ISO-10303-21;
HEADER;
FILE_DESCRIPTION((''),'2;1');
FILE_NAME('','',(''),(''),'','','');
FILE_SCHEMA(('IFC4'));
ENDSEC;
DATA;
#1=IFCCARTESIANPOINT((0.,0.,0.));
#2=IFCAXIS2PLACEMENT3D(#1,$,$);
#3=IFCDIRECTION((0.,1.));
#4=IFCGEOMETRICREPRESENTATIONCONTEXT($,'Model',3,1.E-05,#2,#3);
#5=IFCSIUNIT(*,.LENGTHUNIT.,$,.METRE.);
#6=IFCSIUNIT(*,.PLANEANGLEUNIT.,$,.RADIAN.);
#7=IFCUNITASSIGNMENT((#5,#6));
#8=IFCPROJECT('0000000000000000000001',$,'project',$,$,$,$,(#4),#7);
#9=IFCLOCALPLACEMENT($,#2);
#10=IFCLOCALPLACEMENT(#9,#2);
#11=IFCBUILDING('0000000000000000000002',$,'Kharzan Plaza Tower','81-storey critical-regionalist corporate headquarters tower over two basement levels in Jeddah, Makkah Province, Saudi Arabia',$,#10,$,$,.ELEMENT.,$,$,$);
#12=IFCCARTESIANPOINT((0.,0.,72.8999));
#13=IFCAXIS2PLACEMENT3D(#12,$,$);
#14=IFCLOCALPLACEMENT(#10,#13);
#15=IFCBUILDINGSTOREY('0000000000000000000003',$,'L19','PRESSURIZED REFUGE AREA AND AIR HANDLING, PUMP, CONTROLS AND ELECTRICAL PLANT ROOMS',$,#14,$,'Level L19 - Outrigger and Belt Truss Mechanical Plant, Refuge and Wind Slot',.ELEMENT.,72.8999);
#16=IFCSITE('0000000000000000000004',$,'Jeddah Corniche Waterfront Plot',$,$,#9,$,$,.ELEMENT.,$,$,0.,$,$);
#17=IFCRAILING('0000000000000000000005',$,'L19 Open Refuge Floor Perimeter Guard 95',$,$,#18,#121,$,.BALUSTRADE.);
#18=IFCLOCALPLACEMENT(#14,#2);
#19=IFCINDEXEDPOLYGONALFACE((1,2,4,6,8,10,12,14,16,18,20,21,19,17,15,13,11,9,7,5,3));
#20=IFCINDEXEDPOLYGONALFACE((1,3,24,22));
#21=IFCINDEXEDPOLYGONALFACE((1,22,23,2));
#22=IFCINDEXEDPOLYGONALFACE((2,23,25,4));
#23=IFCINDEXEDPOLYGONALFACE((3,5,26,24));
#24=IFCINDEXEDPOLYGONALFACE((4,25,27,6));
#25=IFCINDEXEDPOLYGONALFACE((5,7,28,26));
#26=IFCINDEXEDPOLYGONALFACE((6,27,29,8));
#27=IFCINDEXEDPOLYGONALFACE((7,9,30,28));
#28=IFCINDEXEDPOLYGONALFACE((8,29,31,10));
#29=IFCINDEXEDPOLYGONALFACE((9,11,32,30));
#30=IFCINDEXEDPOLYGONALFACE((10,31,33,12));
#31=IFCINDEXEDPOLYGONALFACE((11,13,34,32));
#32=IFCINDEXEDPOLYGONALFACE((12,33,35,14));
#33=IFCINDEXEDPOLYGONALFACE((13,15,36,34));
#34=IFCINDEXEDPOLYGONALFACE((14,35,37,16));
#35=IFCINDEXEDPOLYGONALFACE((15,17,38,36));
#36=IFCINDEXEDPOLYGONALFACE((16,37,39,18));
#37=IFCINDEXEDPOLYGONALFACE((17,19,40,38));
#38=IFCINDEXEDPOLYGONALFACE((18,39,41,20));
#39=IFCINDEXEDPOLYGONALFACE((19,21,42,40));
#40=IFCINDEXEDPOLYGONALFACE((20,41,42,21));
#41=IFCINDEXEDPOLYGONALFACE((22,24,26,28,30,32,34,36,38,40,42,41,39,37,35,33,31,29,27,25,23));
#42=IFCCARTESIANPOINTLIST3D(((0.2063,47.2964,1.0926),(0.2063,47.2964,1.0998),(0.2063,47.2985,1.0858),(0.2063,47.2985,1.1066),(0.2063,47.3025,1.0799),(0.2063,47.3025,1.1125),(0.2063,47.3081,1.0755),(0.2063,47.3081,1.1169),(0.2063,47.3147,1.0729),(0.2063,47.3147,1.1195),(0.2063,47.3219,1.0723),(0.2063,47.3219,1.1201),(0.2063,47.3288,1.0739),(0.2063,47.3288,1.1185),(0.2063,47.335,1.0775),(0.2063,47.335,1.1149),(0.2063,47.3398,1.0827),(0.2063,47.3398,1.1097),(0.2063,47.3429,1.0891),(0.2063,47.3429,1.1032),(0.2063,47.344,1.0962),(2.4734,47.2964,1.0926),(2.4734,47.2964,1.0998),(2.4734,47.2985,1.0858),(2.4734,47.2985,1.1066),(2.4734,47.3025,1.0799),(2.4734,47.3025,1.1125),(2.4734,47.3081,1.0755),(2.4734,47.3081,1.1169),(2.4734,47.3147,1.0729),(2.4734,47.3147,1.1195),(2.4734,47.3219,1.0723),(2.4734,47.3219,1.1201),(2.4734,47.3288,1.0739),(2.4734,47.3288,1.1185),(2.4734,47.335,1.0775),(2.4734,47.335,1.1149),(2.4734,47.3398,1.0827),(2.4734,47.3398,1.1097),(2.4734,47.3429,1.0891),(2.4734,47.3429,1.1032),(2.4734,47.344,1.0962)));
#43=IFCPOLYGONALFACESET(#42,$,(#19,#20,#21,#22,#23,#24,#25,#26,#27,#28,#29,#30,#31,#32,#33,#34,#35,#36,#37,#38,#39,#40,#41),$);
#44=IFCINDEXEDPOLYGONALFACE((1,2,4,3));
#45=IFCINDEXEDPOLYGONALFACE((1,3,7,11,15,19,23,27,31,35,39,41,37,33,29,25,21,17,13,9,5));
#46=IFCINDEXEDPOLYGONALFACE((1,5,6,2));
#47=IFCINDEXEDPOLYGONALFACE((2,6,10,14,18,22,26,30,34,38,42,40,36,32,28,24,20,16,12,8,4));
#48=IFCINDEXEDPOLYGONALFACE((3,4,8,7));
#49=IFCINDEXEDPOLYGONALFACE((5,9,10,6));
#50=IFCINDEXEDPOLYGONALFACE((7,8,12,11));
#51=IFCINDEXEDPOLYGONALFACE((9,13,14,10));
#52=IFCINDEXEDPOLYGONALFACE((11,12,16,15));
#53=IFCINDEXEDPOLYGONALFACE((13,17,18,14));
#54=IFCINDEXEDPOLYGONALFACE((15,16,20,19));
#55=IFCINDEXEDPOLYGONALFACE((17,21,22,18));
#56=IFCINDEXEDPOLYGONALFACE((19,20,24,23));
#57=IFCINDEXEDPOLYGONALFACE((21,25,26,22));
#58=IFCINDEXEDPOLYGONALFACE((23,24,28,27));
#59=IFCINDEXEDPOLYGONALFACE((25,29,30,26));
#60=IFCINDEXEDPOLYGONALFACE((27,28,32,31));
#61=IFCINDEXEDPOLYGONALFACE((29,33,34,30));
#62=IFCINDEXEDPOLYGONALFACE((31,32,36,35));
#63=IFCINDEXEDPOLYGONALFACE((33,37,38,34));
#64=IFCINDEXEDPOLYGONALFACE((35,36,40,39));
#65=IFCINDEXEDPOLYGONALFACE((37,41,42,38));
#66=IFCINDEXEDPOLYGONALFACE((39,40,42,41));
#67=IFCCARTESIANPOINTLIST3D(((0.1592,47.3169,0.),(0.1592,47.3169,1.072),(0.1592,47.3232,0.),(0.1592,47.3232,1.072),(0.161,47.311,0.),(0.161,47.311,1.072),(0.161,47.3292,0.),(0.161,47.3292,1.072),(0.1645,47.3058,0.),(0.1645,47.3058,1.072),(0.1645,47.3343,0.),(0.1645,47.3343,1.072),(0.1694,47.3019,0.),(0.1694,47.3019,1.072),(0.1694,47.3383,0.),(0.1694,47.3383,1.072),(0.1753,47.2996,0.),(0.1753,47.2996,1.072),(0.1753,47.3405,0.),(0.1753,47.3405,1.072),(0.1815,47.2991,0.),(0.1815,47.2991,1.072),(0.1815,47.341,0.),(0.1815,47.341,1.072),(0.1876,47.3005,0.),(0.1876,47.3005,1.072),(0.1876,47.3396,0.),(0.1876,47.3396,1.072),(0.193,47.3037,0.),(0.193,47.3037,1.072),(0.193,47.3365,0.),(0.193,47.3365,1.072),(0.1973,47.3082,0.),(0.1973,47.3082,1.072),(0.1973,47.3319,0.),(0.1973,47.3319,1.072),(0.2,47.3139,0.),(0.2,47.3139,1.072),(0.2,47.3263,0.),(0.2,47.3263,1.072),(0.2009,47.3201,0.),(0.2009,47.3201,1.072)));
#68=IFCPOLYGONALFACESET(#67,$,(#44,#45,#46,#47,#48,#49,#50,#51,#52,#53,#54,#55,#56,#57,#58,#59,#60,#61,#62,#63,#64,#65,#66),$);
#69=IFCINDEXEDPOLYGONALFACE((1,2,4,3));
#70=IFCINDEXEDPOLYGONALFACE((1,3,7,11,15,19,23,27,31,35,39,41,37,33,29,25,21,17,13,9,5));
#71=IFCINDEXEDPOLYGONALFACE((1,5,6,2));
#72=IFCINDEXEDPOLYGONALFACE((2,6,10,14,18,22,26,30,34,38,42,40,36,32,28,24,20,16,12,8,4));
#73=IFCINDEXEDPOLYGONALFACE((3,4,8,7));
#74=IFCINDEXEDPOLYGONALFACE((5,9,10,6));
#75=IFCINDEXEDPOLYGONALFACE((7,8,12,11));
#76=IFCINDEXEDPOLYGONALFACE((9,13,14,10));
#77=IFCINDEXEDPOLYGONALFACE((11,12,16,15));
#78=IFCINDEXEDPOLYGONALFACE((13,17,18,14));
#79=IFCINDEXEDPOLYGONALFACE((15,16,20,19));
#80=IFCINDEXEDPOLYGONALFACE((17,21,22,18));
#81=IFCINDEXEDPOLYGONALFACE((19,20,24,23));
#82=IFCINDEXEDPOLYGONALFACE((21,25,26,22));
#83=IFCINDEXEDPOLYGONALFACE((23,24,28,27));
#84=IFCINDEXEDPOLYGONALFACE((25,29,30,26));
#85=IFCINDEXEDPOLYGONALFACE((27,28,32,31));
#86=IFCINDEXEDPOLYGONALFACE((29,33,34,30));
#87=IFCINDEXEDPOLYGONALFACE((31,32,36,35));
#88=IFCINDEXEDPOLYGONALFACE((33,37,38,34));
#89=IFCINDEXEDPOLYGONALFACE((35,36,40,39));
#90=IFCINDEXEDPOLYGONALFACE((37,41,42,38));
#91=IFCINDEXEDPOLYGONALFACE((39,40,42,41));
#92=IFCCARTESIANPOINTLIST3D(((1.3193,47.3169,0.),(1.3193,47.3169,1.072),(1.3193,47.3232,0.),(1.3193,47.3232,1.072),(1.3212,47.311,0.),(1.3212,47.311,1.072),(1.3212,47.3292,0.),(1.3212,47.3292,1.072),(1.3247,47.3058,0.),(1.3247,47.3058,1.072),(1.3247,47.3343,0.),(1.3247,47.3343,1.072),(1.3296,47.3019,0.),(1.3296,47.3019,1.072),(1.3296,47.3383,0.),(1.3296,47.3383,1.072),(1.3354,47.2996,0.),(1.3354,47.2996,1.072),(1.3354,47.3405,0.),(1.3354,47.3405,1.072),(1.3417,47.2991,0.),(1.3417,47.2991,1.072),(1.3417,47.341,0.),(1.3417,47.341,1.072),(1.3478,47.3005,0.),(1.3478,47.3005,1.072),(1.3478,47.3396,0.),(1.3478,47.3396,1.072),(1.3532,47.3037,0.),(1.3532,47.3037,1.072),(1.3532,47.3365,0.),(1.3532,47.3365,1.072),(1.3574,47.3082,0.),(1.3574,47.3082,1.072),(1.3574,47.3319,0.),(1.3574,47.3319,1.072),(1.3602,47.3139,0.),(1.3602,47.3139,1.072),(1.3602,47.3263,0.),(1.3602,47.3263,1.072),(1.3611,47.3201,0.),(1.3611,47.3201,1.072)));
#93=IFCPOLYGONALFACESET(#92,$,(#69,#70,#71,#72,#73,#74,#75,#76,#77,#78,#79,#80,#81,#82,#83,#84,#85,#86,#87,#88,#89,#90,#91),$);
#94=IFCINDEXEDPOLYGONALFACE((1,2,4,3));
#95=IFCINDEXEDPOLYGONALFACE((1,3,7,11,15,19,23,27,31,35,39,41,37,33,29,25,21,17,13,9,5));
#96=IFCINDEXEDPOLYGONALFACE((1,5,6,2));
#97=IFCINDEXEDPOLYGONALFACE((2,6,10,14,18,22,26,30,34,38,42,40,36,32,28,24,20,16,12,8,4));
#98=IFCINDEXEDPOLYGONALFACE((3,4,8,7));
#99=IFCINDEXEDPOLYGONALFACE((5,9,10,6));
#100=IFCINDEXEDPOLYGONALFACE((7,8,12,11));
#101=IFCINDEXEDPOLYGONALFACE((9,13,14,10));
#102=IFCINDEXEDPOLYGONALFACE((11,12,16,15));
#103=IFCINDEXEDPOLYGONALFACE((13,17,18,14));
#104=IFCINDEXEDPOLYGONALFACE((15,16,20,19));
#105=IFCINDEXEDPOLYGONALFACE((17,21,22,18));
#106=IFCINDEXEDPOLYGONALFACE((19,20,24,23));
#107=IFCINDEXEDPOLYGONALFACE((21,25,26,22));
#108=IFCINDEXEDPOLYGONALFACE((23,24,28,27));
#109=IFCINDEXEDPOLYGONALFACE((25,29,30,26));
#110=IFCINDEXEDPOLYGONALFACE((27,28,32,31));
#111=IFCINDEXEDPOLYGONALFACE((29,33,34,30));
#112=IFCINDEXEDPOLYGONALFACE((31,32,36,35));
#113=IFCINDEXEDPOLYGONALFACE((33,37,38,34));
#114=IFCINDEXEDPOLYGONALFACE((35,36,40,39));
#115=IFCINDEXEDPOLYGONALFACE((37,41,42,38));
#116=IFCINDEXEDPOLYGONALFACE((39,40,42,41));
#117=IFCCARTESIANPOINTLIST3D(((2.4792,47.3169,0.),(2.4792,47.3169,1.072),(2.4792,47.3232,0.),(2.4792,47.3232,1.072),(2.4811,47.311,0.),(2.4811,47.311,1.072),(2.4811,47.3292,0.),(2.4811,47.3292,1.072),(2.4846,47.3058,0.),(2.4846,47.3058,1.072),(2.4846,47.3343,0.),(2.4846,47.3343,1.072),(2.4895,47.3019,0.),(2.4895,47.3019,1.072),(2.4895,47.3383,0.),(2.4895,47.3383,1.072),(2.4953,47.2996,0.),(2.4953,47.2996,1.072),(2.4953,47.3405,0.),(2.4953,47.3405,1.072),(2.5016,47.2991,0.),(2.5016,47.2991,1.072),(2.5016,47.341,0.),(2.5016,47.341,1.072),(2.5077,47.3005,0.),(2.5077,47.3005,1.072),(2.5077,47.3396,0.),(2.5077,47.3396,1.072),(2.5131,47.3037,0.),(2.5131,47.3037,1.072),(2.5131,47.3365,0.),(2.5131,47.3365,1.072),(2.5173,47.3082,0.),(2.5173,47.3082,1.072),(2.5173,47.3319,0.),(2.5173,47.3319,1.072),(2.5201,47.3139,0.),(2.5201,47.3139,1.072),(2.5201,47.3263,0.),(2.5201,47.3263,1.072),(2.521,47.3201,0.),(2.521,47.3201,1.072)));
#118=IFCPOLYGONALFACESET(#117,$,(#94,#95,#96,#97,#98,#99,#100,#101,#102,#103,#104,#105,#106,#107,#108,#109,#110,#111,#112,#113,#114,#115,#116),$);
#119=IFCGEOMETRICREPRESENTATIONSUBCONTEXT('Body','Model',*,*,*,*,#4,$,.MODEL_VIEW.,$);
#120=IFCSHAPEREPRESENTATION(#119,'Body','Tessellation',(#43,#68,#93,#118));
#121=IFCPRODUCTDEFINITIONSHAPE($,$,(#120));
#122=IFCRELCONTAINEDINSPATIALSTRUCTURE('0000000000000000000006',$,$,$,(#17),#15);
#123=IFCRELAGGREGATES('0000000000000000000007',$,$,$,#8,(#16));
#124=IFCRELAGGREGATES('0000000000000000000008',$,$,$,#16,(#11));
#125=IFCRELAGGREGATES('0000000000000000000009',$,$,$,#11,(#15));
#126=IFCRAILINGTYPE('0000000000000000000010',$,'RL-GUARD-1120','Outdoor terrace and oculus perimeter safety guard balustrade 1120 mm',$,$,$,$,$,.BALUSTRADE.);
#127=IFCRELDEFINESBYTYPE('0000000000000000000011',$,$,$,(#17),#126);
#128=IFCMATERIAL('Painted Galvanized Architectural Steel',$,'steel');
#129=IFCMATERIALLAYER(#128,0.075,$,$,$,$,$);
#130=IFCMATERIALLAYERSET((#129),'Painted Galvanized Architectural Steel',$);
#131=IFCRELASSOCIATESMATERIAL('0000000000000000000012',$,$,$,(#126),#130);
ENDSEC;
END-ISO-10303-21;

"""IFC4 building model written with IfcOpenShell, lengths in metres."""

from ifc_helpers import new_model, si_unit, direction, frame, origin, origin_2d, place, context, subcontext, project, spatial, circle, extrude, source, transform, mapped, material, layer, layer_set, type_object, element, save


model = new_model("IFC4")

# Units and contexts
model_context = context("Model", 3, precision=1e-05, world=origin(), true_north=direction((0.0, 1.0)))
body_context = subcontext(model_context, "Body", "Model", "MODEL_VIEW")
ifc_project = project(units=[si_unit("LENGTHUNIT", "METRE"), si_unit("PLANEANGLEUNIT", "RADIAN")], contexts=[model_context])

# Site, building, storey
site_placement = place(None, origin())
site = spatial("IfcSite", under=ifc_project, at=site_placement, Name="Jeddah Corniche Waterfront Plot", CompositionType="ELEMENT", RefElevation=0.0)
building_placement = place(site_placement, origin())
building = spatial("IfcBuilding", under=site, at=building_placement, Name="Kharzan Plaza Tower", Description="81-storey critical-regionalist corporate headquarters tower over two basement levels in Jeddah, Makkah Province, Saudi Arabia", CompositionType="ELEMENT")
storey_placement = place(building_placement, frame((0.0, 0.0, 72.8999)))
storey = spatial("IfcBuildingStorey", under=building, at=storey_placement, Name="L19", Description="PRESSURIZED REFUGE AREA AND AIR HANDLING, PUMP, CONTROLS AND ELECTRICAL PLANT ROOMS", LongName="Level L19 - Outrigger and Belt Truss Mechanical Plant, Refuge and Wind Slot", CompositionType="ELEMENT", Elevation=72.8999)

# Railing
ifc_material_1 = material(Name="Painted Galvanized Architectural Steel", Category="steel")
ifc_layer = layer(ifc_material_1, 0.075)
ifc_layer_set = layer_set([ifc_layer], Name="Painted Galvanized Architectural Steel")
railing_type = type_object("IfcRailingType", Name="RL-GUARD-1120", Description="Outdoor terrace and oculus perimeter safety guard balustrade 1120 mm", PredefinedType="BALUSTRADE", material=ifc_layer_set)
shared_shape_1 = source(origin(), body_context, "Body", "SweptSolid", [
    extrude(circle(Radius=0.0239, at=origin_2d()), frame((0.0264, 0.0, 1.0962), z_axis=(1.0, 0.0, 0.0), x_axis=(0.0, 1.0, 0.0)), (0.0, 0.0, 1.0), 2.2671),
    extrude(circle(Radius=0.021, at=origin_2d()), origin(), (0.0, 0.0, 1.0), 1.072),
    extrude(circle(Radius=0.021, at=origin_2d()), frame((1.1602, 0.0, 0.0)), (0.0, 0.0, 1.0), 1.072),
    extrude(circle(Radius=0.021, at=origin_2d()), frame((2.3201, 0.0, 0.0)), (0.0, 0.0, 1.0), 1.072),
])
for number, where, name in (
    (1, (0.1799, 47.3201, 0.0), "L19 Open Refuge Floor Perimeter Guard 95"),
):
    element("IfcRailing", number, at=place(storey_placement, frame(where)), inside=storey, type_object=railing_type, Name=name, PredefinedType="BALUSTRADE", context=body_context, shape_type="MappedRepresentation", body=[
        mapped(shared_shape_1, transform((0.0, 0.0, 0.0), x_axis=(1.0, 0.0, 0.0), y_axis=(0.0, 1.0, 0.0), z_axis=(0.0, 0.0, 1.0))),
    ])

save(model, "model.ifc")
